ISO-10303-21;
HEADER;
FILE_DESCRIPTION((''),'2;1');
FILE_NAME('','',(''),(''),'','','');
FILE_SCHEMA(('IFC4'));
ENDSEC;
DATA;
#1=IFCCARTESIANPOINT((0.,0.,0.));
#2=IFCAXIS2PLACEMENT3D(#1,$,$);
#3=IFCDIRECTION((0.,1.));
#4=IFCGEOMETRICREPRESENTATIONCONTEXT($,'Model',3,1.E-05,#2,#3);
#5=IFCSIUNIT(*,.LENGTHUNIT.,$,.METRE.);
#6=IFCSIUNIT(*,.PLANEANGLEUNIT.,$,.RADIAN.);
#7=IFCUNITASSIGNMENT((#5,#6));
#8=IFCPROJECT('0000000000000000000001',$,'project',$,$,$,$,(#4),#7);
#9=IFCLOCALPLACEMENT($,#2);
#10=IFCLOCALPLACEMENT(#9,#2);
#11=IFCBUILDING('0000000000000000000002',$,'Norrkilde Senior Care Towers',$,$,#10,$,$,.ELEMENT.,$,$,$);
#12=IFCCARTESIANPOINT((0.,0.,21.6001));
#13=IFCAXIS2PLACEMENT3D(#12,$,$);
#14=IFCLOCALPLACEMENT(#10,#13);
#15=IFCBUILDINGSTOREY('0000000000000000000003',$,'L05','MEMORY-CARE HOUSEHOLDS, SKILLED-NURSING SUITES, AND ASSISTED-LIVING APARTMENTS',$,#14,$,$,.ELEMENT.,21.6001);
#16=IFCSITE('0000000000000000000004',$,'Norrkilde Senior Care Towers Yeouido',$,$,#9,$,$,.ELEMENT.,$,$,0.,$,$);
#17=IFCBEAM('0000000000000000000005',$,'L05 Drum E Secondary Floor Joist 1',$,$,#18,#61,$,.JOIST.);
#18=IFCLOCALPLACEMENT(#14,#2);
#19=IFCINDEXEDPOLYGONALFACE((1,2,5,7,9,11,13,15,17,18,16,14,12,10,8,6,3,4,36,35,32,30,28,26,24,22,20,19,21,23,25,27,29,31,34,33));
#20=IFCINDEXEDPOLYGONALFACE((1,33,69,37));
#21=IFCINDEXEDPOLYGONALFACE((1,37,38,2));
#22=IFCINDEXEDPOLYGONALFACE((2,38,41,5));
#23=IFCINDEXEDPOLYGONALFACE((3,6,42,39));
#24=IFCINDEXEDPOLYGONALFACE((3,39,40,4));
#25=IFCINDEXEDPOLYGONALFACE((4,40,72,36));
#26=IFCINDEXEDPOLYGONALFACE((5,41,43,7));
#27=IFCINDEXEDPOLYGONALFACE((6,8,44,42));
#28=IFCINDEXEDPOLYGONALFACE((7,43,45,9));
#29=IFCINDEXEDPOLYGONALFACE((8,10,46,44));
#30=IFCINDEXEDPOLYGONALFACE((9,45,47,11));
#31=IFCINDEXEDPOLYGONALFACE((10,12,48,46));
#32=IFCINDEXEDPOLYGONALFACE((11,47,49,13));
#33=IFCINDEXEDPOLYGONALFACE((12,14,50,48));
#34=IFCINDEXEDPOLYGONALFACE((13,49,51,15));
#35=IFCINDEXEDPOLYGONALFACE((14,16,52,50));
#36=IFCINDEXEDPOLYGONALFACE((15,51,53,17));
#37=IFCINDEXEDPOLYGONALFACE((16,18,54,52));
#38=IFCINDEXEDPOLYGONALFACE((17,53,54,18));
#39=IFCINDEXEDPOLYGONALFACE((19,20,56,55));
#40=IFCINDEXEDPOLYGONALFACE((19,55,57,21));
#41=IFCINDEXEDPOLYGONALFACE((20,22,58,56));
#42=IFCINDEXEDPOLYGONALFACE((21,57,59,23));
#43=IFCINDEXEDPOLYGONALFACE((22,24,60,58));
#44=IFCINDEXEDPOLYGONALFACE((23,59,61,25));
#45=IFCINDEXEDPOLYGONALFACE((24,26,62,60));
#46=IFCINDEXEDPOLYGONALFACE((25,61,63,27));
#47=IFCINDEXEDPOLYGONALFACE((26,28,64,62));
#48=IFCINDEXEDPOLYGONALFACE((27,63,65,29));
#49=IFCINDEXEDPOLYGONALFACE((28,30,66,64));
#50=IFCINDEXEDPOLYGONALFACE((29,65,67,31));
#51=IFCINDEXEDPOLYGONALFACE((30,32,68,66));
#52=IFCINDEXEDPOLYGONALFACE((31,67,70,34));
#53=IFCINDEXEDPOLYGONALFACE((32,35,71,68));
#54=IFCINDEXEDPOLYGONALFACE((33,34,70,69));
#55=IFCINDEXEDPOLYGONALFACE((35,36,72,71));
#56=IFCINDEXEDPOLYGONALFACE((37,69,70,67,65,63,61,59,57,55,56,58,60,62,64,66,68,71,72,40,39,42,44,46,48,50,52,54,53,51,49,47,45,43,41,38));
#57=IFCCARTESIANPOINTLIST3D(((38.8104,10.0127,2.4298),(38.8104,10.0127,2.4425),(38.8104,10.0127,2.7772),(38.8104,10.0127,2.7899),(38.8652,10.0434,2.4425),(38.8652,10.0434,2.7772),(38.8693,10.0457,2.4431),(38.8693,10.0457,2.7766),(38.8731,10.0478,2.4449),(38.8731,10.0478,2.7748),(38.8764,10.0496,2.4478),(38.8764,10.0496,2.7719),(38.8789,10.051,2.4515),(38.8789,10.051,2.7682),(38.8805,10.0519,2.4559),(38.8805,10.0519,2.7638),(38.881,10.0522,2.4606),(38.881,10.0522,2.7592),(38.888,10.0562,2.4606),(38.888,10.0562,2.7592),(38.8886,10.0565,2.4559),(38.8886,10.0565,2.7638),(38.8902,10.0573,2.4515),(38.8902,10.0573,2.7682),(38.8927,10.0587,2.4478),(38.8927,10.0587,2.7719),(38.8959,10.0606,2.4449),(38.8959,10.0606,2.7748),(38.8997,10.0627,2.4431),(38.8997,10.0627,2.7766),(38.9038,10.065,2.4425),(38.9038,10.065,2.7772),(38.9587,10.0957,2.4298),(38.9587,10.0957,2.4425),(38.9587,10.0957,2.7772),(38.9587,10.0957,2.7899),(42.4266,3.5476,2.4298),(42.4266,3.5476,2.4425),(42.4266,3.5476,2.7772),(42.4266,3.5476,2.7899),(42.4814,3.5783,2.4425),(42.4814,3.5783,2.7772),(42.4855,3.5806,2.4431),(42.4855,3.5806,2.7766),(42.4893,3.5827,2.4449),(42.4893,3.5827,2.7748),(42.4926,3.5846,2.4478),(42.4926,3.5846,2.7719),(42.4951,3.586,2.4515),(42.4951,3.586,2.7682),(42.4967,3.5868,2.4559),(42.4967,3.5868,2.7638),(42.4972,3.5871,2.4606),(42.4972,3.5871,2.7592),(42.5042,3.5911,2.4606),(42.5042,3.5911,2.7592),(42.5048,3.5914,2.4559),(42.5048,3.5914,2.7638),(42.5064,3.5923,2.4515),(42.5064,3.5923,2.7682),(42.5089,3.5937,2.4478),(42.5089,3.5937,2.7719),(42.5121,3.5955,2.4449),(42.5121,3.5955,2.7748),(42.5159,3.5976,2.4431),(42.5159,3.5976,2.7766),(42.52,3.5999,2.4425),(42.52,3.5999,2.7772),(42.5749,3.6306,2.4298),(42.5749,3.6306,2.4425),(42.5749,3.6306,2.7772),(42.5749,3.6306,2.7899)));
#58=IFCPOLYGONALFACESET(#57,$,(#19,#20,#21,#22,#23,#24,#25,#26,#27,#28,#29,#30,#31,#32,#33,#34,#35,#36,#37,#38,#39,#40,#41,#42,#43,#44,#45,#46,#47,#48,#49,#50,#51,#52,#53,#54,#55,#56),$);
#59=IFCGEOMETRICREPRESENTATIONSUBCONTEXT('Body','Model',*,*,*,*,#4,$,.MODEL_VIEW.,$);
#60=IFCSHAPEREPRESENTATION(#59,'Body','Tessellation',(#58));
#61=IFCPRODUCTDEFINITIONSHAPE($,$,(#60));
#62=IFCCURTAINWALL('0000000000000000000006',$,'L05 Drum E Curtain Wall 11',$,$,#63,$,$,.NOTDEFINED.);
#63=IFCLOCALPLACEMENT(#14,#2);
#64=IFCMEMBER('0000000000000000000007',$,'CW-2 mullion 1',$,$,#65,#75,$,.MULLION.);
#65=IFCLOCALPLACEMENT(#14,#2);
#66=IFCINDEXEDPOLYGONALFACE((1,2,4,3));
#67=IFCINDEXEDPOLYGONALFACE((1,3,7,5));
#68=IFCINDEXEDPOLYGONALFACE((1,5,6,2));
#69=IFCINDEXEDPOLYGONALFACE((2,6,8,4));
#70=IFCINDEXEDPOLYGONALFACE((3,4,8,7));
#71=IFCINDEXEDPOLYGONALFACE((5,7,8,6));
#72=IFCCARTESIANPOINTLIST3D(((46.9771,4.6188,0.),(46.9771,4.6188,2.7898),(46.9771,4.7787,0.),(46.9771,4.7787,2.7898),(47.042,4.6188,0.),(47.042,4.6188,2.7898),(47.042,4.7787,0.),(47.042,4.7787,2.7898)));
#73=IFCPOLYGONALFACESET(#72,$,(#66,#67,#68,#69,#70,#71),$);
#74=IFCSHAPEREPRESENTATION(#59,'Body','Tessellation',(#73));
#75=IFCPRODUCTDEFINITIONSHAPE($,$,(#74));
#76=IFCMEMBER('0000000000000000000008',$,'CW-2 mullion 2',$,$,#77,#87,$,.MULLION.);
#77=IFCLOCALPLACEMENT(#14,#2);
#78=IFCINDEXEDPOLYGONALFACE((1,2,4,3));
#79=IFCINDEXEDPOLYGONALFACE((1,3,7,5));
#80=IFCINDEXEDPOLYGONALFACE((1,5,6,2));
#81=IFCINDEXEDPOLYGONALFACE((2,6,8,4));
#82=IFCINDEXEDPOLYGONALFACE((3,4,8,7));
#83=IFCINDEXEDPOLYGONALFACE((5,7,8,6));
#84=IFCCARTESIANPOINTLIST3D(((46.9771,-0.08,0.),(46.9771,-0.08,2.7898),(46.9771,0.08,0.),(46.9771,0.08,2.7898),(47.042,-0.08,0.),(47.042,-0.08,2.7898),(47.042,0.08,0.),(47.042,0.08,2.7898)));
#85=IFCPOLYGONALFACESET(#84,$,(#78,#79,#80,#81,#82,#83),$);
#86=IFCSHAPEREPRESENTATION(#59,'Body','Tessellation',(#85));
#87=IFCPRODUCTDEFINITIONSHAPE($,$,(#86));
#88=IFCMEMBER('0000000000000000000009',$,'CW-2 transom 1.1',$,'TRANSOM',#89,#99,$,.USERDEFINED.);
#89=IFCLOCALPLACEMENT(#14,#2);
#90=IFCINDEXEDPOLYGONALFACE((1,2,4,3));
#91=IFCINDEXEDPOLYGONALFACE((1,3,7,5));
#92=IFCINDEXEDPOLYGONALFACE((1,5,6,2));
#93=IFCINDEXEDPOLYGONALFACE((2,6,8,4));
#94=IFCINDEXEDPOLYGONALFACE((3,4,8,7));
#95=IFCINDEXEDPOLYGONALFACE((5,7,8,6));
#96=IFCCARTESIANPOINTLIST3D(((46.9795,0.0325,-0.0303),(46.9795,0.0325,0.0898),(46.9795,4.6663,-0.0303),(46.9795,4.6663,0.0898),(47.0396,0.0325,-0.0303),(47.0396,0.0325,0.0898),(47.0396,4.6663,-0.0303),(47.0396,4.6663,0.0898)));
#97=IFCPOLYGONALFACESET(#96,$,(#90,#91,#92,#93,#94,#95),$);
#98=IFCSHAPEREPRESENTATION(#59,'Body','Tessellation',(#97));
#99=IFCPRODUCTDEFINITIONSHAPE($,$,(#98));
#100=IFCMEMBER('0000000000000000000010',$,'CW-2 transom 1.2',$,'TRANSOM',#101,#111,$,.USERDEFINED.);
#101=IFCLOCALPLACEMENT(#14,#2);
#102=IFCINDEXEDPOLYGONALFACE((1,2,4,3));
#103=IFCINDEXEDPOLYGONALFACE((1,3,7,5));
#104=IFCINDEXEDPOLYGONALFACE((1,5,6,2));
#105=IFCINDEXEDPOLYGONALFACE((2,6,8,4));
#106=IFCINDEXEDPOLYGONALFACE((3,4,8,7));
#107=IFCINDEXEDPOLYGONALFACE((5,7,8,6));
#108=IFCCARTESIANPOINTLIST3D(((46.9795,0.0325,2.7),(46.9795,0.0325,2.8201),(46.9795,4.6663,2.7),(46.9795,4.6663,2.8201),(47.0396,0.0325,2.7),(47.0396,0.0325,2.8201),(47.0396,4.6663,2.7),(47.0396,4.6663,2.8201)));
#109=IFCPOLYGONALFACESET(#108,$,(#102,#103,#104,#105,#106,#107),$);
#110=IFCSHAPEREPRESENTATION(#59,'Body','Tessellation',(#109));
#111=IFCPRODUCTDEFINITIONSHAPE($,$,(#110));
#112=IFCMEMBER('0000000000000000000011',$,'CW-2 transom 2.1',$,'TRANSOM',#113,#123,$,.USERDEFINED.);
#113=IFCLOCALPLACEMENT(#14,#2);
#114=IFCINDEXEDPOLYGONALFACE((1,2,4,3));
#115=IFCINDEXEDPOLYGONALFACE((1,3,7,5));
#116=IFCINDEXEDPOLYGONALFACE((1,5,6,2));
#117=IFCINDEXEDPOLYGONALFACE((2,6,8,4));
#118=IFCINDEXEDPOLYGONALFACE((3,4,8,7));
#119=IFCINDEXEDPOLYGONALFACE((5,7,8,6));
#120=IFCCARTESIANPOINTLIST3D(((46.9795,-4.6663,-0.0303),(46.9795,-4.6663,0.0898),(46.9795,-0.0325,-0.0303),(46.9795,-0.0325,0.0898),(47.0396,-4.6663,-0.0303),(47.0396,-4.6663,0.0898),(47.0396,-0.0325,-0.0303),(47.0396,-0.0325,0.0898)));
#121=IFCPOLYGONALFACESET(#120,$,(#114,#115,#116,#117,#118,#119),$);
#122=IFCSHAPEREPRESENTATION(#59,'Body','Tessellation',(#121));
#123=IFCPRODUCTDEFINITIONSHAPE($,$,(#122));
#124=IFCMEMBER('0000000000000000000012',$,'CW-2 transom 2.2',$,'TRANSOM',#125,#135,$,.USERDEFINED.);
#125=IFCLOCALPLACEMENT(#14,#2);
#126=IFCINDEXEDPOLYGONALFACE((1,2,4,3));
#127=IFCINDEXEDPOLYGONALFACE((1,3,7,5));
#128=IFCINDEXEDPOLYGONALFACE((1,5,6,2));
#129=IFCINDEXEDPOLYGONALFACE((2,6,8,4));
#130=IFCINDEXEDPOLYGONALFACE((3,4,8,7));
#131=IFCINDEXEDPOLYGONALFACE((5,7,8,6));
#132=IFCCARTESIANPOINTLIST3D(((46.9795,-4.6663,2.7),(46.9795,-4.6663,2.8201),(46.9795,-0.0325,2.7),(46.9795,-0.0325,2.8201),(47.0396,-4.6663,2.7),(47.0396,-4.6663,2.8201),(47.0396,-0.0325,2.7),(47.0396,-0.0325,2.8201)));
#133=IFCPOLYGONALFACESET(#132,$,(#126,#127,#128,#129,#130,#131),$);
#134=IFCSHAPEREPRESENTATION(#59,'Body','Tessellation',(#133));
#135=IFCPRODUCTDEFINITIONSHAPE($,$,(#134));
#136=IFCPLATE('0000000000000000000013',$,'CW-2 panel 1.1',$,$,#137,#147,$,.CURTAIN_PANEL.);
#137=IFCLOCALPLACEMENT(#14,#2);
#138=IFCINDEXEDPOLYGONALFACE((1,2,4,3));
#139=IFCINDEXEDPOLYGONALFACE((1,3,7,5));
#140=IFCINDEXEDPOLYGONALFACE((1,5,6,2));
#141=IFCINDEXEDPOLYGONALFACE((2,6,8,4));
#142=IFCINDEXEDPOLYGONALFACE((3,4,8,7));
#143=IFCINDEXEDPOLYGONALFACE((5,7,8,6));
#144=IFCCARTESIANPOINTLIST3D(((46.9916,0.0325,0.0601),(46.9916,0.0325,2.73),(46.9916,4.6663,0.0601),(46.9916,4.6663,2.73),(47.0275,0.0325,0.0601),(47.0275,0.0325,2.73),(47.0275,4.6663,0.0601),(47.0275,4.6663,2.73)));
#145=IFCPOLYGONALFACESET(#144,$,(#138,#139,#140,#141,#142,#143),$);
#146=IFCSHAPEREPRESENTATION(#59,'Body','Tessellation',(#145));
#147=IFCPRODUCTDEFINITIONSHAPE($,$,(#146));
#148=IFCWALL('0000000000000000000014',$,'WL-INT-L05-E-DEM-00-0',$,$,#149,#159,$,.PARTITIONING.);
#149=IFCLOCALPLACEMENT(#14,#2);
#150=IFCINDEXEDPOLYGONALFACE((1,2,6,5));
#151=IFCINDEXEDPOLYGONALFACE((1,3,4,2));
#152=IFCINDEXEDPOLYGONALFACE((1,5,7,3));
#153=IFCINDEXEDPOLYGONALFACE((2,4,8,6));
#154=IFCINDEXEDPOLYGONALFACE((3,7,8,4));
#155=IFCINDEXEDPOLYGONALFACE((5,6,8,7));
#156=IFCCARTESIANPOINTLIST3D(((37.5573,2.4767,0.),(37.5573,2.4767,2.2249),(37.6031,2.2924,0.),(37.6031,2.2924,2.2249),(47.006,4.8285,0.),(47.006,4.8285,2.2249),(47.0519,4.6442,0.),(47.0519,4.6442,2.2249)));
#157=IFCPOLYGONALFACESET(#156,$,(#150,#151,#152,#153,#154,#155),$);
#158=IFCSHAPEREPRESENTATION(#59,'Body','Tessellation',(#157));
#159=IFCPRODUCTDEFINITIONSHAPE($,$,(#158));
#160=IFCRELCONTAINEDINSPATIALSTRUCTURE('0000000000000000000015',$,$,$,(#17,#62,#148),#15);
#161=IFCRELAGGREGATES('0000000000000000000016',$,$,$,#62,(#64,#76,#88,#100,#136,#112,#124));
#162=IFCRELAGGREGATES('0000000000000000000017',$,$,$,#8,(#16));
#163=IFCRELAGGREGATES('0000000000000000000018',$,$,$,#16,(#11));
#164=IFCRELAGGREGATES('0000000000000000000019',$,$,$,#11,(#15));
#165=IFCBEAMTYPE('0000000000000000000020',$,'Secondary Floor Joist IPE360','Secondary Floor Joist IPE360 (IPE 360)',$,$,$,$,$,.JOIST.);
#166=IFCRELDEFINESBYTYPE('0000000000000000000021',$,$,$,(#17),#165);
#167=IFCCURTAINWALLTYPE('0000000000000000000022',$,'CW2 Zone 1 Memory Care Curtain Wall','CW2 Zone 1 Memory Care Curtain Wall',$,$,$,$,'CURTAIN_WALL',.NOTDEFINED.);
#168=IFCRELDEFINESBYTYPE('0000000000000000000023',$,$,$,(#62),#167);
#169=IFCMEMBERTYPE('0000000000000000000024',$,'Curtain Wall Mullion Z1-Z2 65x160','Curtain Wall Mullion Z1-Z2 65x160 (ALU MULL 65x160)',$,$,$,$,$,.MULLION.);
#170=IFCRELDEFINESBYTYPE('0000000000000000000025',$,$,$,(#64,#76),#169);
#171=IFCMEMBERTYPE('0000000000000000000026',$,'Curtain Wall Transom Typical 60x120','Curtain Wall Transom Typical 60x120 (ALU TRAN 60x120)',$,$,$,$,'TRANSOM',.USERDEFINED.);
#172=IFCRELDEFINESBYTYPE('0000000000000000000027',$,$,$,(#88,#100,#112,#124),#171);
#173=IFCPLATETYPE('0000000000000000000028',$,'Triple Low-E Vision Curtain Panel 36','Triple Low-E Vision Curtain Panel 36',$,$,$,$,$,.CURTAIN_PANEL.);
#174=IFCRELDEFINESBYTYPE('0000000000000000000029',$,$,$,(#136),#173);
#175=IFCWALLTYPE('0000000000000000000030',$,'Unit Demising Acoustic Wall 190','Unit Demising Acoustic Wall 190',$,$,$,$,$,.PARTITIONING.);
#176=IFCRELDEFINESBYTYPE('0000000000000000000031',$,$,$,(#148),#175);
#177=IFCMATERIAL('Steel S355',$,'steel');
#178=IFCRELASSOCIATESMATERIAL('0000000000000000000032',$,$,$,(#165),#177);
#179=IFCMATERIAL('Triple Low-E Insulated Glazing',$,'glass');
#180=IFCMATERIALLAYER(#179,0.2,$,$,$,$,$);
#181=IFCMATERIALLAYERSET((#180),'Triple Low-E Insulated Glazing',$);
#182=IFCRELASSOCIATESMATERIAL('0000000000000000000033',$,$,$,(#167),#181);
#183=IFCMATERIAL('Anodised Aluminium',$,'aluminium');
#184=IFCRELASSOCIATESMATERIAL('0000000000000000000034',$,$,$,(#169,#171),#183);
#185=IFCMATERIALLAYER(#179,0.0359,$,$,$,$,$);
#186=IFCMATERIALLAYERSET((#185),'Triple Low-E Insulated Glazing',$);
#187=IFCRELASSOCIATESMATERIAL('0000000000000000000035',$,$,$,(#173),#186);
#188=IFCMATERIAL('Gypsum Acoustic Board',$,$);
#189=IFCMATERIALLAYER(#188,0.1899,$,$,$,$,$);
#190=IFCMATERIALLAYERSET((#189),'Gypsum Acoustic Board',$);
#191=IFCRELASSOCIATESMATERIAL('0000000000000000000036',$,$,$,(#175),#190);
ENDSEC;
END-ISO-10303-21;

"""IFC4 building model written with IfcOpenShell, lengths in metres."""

from ifc_helpers import new_model, si_unit, direction, frame, frame_2d, origin, origin_2d, place, context, subcontext, project, spatial, rectangle, i_section, extrude, source, transform, mapped, material, layer, layer_set, material_profile, profile_set, type_object, type_shapes, element, aggregate, save


model = new_model("IFC4")

# Units and contexts
model_context = context("Model", 3, precision=1e-05, world=origin(), true_north=direction((0.0, 1.0)))
body_context = subcontext(model_context, "Body", "Model", "MODEL_VIEW")
ifc_project = project(units=[si_unit("LENGTHUNIT", "METRE"), si_unit("PLANEANGLEUNIT", "RADIAN")], contexts=[model_context])

# Site, building, storey
site_placement = place(None, origin())
site = spatial("IfcSite", under=ifc_project, at=site_placement, Name="Norrkilde Senior Care Towers Yeouido", CompositionType="ELEMENT", RefElevation=0.0)
building_placement = place(site_placement, origin())
building = spatial("IfcBuilding", under=site, at=building_placement, Name="Norrkilde Senior Care Towers", CompositionType="ELEMENT")
storey_placement = place(building_placement, frame((0.0, 0.0, 21.6001)))
storey = spatial("IfcBuildingStorey", under=building, at=storey_placement, Name="L05", Description="MEMORY-CARE HOUSEHOLDS, SKILLED-NURSING SUITES, AND ASSISTED-LIVING APARTMENTS", CompositionType="ELEMENT", Elevation=21.6001)

# Beam
ifc_material_1 = material(Name="Steel S355", Category="steel")
ifc_material_profile_1 = material_profile(ifc_material_1, i_section(OverallWidth=0.1699, OverallDepth=0.3601, WebThickness=0.0081, FlangeThickness=0.0127, FilletRadius=0.0181, at=origin_2d()), Name="IPE 360")
ifc_profile_set_1 = profile_set([ifc_material_profile_1], Name="Steel S355")
beam_type_1 = type_object("IfcBeamType", Name="Secondary Floor Joist IPE360", Description="Secondary Floor Joist IPE360 (IPE 360)", PredefinedType="JOIST", material=ifc_profile_set_1)
shared_shape_1 = source(origin(), body_context, "Body", "SweptSolid", [
    extrude(i_section(OverallWidth=0.1699, OverallDepth=0.3601, WebThickness=0.0081, FlangeThickness=0.0127, FilletRadius=0.0181, at=origin_2d()), origin(), (0.0, 0.0, 1.0), 7.4077),
])
type_shapes(beam_type_1, [shared_shape_1])
beam_1_placement = place(storey_placement, frame((42.5007, 3.5891, 2.6099), z_axis=(-0.488168, 0.87275, 0.0), x_axis=(-0.87275, -0.488168, 0.0)))
element("IfcBeam", 1, at=beam_1_placement, inside=storey, type_object=beam_type_1, Name="L05 Drum E Secondary Floor Joist 1", PredefinedType="JOIST", context=body_context, shape_type="MappedRepresentation", body=[
    mapped(shared_shape_1, transform((0.0, 0.0, 0.0), x_axis=(1.0, 0.0, 0.0), y_axis=(0.0, 1.0, 0.0), z_axis=(0.0, 0.0, 1.0), scale=1.0)),
])

# Curtain wall, members, plate
ifc_material_2 = material(Name="Triple Low-E Insulated Glazing", Category="glass")
ifc_layer_1 = layer(ifc_material_2, 0.2)
ifc_layer_set_1 = layer_set([ifc_layer_1], Name="Triple Low-E Insulated Glazing")
curtain_wall_type = type_object("IfcCurtainWallType", Name="CW2 Zone 1 Memory Care Curtain Wall", Description="CW2 Zone 1 Memory Care Curtain Wall", ElementType="CURTAIN_WALL", PredefinedType="NOTDEFINED", material=ifc_layer_set_1)
curtain_wall_placement = place(storey_placement, origin())
curtain_wall = element("IfcCurtainWall", 2, at=curtain_wall_placement, inside=storey, type_object=curtain_wall_type, Name="L05 Drum E Curtain Wall 11", PredefinedType="NOTDEFINED")
ifc_material_3 = material(Name="Anodised Aluminium", Category="aluminium")
ifc_material_profile_2 = material_profile(ifc_material_3, rectangle(XDim=0.0649, YDim=0.1599, at=origin_2d()), Name="ALU MULL 65x160")
ifc_profile_set_2 = profile_set([ifc_material_profile_2], Name="Anodised Aluminium")
member_type_1 = type_object("IfcMemberType", Name="Curtain Wall Mullion Z1-Z2 65x160", Description="Curtain Wall Mullion Z1-Z2 65x160 (ALU MULL 65x160)", PredefinedType="MULLION", material=ifc_profile_set_2)
shared_shape_2 = source(origin(), body_context, "Body", "SweptSolid", [
    extrude(rectangle(XDim=0.0649, YDim=0.1599, at=origin_2d()), origin(), (0.0, 0.0, 1.0), 2.7898),
])
type_shapes(member_type_1, [shared_shape_2])
member_1_placement = place(storey_placement, frame((47.0095, 4.6987, 0.0), z_axis=(0.0, 0.0, 1.0), x_axis=(1.0, 0.0, 0.0)))
member_1 = element("IfcMember", 3, at=member_1_placement, type_object=member_type_1, Name="CW-2 mullion 1", PredefinedType="MULLION", context=body_context, shape_type="MappedRepresentation", body=[
    mapped(shared_shape_2, transform((0.0, 0.0, 0.0), x_axis=(1.0, 0.0, 0.0), y_axis=(0.0, 1.0, 0.0), z_axis=(0.0, 0.0, 1.0), scale=1.0)),
])
member_2_placement = place(storey_placement, frame((47.0095, 0.0, 0.0), z_axis=(0.0, 0.0, 1.0), x_axis=(1.0, 0.0, 0.0)))
member_2 = element("IfcMember", 4, at=member_2_placement, type_object=member_type_1, Name="CW-2 mullion 2", PredefinedType="MULLION", context=body_context, shape_type="MappedRepresentation", body=[
    mapped(shared_shape_2, transform((0.0, 0.0, 0.0), x_axis=(1.0, 0.0, 0.0), y_axis=(0.0, 1.0, 0.0), z_axis=(0.0, 0.0, 1.0), scale=1.0)),
])
ifc_material_profile_3 = material_profile(ifc_material_3, rectangle(XDim=0.0601, YDim=0.1201, at=origin_2d()), Name="ALU TRAN 60x120")
ifc_profile_set_3 = profile_set([ifc_material_profile_3], Name="Anodised Aluminium")
member_type_2 = type_object("IfcMemberType", Name="Curtain Wall Transom Typical 60x120", Description="Curtain Wall Transom Typical 60x120 (ALU TRAN 60x120)", ElementType="TRANSOM", PredefinedType="USERDEFINED", material=ifc_profile_set_3)
shared_shape_3 = source(origin(), body_context, "Body", "SweptSolid", [
    extrude(rectangle(XDim=0.0601, YDim=0.1201, at=origin_2d()), origin(), (0.0, 0.0, 1.0), 4.6338),
])
type_shapes(member_type_2, [shared_shape_3])
member_3_placement = place(storey_placement, frame((47.0095, 4.6663, 0.0298), z_axis=(0.0, -1.0, 0.0), x_axis=(1.0, 0.0, 0.0)))
member_3 = element("IfcMember", 5, at=member_3_placement, type_object=member_type_2, Name="CW-2 transom 1.1", ObjectType="TRANSOM", PredefinedType="USERDEFINED", context=body_context, shape_type="MappedRepresentation", body=[
    mapped(shared_shape_3, transform((0.0, 0.0, 0.0), x_axis=(1.0, 0.0, 0.0), y_axis=(0.0, 1.0, 0.0), z_axis=(0.0, 0.0, 1.0), scale=1.0)),
])
member_4_placement = place(storey_placement, frame((47.0095, 4.6663, 2.76), z_axis=(0.0, -1.0, 0.0), x_axis=(1.0, 0.0, 0.0)))
member_4 = element("IfcMember", 6, at=member_4_placement, type_object=member_type_2, Name="CW-2 transom 1.2", ObjectType="TRANSOM", PredefinedType="USERDEFINED", context=body_context, shape_type="MappedRepresentation", body=[
    mapped(shared_shape_3, transform((0.0, 0.0, 0.0), x_axis=(1.0, 0.0, 0.0), y_axis=(0.0, 1.0, 0.0), z_axis=(0.0, 0.0, 1.0), scale=1.0)),
])
member_5_placement = place(storey_placement, frame((47.0095, -0.0325, 0.0298), z_axis=(0.0, -1.0, 0.0), x_axis=(1.0, 0.0, 0.0)))
member_5 = element("IfcMember", 7, at=member_5_placement, type_object=member_type_2, Name="CW-2 transom 2.1", ObjectType="TRANSOM", PredefinedType="USERDEFINED", context=body_context, shape_type="MappedRepresentation", body=[
    mapped(shared_shape_3, transform((0.0, 0.0, 0.0), x_axis=(1.0, 0.0, 0.0), y_axis=(0.0, 1.0, 0.0), z_axis=(0.0, 0.0, 1.0), scale=1.0)),
])
member_6_placement = place(storey_placement, frame((47.0095, -0.0325, 2.76), z_axis=(0.0, -1.0, 0.0), x_axis=(1.0, 0.0, 0.0)))
member_6 = element("IfcMember", 8, at=member_6_placement, type_object=member_type_2, Name="CW-2 transom 2.2", ObjectType="TRANSOM", PredefinedType="USERDEFINED", context=body_context, shape_type="MappedRepresentation", body=[
    mapped(shared_shape_3, transform((0.0, 0.0, 0.0), x_axis=(1.0, 0.0, 0.0), y_axis=(0.0, 1.0, 0.0), z_axis=(0.0, 0.0, 1.0), scale=1.0)),
])
ifc_layer_2 = layer(ifc_material_2, 0.0359)
ifc_layer_set_2 = layer_set([ifc_layer_2], Name="Triple Low-E Insulated Glazing")
plate_type = type_object("IfcPlateType", Name="Triple Low-E Vision Curtain Panel 36", Description="Triple Low-E Vision Curtain Panel 36", PredefinedType="CURTAIN_PANEL", material=ifc_layer_set_2)
shared_shape_4 = source(origin(), body_context, "Body", "SweptSolid", [
    extrude(rectangle(XDim=4.6338, YDim=0.0359, at=origin_2d()), origin(), (0.0, 0.0, 1.0), 2.6699),
])
type_shapes(plate_type, [shared_shape_4])
plate_placement = place(storey_placement, frame((47.0095, 2.3494, 0.0601), z_axis=(0.0, 0.0, 1.0), x_axis=(0.0, -1.0, 0.0)))
plate = element("IfcPlate", 9, at=plate_placement, type_object=plate_type, Name="CW-2 panel 1.1", PredefinedType="CURTAIN_PANEL", context=body_context, shape_type="MappedRepresentation", body=[
    mapped(shared_shape_4, transform((0.0, 0.0, 0.0), x_axis=(1.0, 0.0, 0.0), y_axis=(0.0, 1.0, 0.0), z_axis=(0.0, 0.0, 1.0), scale=1.0)),
])
aggregate(curtain_wall, [member_1, member_2, member_3, member_4, plate, member_5, member_6])

# Wall
ifc_material_4 = material(Name="Gypsum Acoustic Board")
ifc_layer_3 = layer(ifc_material_4, 0.1899)
ifc_layer_set_3 = layer_set([ifc_layer_3], Name="Gypsum Acoustic Board")
wall_type_1 = type_object("IfcWallType", Name="Unit Demising Acoustic Wall 190", Description="Unit Demising Acoustic Wall 190", PredefinedType="PARTITIONING", material=ifc_layer_set_3)
shared_shape_5 = source(origin(), body_context, "Body", "SweptSolid", [
    extrude(rectangle(XDim=9.7371, YDim=0.1899, at=frame_2d((4.8687, 0.0))), origin(), (0.0, 0.0, 1.0), 2.2249),
])
type_shapes(wall_type_1, [shared_shape_5])
wall_1_placement = place(storey_placement, frame((37.5801, 2.3845, 0.0), z_axis=(0.0, 0.0, 1.0), x_axis=(0.970393, 0.241533, 0.0)))
element("IfcWall", 10, at=wall_1_placement, inside=storey, type_object=wall_type_1, Name="WL-INT-L05-E-DEM-00-0", PredefinedType="PARTITIONING", context=body_context, shape_type="MappedRepresentation", body=[
    mapped(shared_shape_5, transform((0.0, 0.0, 0.0), x_axis=(1.0, 0.0, 0.0), y_axis=(0.0, 1.0, 0.0), z_axis=(0.0, 0.0, 1.0), scale=1.0)),
])

save(model, "model.ifc")
